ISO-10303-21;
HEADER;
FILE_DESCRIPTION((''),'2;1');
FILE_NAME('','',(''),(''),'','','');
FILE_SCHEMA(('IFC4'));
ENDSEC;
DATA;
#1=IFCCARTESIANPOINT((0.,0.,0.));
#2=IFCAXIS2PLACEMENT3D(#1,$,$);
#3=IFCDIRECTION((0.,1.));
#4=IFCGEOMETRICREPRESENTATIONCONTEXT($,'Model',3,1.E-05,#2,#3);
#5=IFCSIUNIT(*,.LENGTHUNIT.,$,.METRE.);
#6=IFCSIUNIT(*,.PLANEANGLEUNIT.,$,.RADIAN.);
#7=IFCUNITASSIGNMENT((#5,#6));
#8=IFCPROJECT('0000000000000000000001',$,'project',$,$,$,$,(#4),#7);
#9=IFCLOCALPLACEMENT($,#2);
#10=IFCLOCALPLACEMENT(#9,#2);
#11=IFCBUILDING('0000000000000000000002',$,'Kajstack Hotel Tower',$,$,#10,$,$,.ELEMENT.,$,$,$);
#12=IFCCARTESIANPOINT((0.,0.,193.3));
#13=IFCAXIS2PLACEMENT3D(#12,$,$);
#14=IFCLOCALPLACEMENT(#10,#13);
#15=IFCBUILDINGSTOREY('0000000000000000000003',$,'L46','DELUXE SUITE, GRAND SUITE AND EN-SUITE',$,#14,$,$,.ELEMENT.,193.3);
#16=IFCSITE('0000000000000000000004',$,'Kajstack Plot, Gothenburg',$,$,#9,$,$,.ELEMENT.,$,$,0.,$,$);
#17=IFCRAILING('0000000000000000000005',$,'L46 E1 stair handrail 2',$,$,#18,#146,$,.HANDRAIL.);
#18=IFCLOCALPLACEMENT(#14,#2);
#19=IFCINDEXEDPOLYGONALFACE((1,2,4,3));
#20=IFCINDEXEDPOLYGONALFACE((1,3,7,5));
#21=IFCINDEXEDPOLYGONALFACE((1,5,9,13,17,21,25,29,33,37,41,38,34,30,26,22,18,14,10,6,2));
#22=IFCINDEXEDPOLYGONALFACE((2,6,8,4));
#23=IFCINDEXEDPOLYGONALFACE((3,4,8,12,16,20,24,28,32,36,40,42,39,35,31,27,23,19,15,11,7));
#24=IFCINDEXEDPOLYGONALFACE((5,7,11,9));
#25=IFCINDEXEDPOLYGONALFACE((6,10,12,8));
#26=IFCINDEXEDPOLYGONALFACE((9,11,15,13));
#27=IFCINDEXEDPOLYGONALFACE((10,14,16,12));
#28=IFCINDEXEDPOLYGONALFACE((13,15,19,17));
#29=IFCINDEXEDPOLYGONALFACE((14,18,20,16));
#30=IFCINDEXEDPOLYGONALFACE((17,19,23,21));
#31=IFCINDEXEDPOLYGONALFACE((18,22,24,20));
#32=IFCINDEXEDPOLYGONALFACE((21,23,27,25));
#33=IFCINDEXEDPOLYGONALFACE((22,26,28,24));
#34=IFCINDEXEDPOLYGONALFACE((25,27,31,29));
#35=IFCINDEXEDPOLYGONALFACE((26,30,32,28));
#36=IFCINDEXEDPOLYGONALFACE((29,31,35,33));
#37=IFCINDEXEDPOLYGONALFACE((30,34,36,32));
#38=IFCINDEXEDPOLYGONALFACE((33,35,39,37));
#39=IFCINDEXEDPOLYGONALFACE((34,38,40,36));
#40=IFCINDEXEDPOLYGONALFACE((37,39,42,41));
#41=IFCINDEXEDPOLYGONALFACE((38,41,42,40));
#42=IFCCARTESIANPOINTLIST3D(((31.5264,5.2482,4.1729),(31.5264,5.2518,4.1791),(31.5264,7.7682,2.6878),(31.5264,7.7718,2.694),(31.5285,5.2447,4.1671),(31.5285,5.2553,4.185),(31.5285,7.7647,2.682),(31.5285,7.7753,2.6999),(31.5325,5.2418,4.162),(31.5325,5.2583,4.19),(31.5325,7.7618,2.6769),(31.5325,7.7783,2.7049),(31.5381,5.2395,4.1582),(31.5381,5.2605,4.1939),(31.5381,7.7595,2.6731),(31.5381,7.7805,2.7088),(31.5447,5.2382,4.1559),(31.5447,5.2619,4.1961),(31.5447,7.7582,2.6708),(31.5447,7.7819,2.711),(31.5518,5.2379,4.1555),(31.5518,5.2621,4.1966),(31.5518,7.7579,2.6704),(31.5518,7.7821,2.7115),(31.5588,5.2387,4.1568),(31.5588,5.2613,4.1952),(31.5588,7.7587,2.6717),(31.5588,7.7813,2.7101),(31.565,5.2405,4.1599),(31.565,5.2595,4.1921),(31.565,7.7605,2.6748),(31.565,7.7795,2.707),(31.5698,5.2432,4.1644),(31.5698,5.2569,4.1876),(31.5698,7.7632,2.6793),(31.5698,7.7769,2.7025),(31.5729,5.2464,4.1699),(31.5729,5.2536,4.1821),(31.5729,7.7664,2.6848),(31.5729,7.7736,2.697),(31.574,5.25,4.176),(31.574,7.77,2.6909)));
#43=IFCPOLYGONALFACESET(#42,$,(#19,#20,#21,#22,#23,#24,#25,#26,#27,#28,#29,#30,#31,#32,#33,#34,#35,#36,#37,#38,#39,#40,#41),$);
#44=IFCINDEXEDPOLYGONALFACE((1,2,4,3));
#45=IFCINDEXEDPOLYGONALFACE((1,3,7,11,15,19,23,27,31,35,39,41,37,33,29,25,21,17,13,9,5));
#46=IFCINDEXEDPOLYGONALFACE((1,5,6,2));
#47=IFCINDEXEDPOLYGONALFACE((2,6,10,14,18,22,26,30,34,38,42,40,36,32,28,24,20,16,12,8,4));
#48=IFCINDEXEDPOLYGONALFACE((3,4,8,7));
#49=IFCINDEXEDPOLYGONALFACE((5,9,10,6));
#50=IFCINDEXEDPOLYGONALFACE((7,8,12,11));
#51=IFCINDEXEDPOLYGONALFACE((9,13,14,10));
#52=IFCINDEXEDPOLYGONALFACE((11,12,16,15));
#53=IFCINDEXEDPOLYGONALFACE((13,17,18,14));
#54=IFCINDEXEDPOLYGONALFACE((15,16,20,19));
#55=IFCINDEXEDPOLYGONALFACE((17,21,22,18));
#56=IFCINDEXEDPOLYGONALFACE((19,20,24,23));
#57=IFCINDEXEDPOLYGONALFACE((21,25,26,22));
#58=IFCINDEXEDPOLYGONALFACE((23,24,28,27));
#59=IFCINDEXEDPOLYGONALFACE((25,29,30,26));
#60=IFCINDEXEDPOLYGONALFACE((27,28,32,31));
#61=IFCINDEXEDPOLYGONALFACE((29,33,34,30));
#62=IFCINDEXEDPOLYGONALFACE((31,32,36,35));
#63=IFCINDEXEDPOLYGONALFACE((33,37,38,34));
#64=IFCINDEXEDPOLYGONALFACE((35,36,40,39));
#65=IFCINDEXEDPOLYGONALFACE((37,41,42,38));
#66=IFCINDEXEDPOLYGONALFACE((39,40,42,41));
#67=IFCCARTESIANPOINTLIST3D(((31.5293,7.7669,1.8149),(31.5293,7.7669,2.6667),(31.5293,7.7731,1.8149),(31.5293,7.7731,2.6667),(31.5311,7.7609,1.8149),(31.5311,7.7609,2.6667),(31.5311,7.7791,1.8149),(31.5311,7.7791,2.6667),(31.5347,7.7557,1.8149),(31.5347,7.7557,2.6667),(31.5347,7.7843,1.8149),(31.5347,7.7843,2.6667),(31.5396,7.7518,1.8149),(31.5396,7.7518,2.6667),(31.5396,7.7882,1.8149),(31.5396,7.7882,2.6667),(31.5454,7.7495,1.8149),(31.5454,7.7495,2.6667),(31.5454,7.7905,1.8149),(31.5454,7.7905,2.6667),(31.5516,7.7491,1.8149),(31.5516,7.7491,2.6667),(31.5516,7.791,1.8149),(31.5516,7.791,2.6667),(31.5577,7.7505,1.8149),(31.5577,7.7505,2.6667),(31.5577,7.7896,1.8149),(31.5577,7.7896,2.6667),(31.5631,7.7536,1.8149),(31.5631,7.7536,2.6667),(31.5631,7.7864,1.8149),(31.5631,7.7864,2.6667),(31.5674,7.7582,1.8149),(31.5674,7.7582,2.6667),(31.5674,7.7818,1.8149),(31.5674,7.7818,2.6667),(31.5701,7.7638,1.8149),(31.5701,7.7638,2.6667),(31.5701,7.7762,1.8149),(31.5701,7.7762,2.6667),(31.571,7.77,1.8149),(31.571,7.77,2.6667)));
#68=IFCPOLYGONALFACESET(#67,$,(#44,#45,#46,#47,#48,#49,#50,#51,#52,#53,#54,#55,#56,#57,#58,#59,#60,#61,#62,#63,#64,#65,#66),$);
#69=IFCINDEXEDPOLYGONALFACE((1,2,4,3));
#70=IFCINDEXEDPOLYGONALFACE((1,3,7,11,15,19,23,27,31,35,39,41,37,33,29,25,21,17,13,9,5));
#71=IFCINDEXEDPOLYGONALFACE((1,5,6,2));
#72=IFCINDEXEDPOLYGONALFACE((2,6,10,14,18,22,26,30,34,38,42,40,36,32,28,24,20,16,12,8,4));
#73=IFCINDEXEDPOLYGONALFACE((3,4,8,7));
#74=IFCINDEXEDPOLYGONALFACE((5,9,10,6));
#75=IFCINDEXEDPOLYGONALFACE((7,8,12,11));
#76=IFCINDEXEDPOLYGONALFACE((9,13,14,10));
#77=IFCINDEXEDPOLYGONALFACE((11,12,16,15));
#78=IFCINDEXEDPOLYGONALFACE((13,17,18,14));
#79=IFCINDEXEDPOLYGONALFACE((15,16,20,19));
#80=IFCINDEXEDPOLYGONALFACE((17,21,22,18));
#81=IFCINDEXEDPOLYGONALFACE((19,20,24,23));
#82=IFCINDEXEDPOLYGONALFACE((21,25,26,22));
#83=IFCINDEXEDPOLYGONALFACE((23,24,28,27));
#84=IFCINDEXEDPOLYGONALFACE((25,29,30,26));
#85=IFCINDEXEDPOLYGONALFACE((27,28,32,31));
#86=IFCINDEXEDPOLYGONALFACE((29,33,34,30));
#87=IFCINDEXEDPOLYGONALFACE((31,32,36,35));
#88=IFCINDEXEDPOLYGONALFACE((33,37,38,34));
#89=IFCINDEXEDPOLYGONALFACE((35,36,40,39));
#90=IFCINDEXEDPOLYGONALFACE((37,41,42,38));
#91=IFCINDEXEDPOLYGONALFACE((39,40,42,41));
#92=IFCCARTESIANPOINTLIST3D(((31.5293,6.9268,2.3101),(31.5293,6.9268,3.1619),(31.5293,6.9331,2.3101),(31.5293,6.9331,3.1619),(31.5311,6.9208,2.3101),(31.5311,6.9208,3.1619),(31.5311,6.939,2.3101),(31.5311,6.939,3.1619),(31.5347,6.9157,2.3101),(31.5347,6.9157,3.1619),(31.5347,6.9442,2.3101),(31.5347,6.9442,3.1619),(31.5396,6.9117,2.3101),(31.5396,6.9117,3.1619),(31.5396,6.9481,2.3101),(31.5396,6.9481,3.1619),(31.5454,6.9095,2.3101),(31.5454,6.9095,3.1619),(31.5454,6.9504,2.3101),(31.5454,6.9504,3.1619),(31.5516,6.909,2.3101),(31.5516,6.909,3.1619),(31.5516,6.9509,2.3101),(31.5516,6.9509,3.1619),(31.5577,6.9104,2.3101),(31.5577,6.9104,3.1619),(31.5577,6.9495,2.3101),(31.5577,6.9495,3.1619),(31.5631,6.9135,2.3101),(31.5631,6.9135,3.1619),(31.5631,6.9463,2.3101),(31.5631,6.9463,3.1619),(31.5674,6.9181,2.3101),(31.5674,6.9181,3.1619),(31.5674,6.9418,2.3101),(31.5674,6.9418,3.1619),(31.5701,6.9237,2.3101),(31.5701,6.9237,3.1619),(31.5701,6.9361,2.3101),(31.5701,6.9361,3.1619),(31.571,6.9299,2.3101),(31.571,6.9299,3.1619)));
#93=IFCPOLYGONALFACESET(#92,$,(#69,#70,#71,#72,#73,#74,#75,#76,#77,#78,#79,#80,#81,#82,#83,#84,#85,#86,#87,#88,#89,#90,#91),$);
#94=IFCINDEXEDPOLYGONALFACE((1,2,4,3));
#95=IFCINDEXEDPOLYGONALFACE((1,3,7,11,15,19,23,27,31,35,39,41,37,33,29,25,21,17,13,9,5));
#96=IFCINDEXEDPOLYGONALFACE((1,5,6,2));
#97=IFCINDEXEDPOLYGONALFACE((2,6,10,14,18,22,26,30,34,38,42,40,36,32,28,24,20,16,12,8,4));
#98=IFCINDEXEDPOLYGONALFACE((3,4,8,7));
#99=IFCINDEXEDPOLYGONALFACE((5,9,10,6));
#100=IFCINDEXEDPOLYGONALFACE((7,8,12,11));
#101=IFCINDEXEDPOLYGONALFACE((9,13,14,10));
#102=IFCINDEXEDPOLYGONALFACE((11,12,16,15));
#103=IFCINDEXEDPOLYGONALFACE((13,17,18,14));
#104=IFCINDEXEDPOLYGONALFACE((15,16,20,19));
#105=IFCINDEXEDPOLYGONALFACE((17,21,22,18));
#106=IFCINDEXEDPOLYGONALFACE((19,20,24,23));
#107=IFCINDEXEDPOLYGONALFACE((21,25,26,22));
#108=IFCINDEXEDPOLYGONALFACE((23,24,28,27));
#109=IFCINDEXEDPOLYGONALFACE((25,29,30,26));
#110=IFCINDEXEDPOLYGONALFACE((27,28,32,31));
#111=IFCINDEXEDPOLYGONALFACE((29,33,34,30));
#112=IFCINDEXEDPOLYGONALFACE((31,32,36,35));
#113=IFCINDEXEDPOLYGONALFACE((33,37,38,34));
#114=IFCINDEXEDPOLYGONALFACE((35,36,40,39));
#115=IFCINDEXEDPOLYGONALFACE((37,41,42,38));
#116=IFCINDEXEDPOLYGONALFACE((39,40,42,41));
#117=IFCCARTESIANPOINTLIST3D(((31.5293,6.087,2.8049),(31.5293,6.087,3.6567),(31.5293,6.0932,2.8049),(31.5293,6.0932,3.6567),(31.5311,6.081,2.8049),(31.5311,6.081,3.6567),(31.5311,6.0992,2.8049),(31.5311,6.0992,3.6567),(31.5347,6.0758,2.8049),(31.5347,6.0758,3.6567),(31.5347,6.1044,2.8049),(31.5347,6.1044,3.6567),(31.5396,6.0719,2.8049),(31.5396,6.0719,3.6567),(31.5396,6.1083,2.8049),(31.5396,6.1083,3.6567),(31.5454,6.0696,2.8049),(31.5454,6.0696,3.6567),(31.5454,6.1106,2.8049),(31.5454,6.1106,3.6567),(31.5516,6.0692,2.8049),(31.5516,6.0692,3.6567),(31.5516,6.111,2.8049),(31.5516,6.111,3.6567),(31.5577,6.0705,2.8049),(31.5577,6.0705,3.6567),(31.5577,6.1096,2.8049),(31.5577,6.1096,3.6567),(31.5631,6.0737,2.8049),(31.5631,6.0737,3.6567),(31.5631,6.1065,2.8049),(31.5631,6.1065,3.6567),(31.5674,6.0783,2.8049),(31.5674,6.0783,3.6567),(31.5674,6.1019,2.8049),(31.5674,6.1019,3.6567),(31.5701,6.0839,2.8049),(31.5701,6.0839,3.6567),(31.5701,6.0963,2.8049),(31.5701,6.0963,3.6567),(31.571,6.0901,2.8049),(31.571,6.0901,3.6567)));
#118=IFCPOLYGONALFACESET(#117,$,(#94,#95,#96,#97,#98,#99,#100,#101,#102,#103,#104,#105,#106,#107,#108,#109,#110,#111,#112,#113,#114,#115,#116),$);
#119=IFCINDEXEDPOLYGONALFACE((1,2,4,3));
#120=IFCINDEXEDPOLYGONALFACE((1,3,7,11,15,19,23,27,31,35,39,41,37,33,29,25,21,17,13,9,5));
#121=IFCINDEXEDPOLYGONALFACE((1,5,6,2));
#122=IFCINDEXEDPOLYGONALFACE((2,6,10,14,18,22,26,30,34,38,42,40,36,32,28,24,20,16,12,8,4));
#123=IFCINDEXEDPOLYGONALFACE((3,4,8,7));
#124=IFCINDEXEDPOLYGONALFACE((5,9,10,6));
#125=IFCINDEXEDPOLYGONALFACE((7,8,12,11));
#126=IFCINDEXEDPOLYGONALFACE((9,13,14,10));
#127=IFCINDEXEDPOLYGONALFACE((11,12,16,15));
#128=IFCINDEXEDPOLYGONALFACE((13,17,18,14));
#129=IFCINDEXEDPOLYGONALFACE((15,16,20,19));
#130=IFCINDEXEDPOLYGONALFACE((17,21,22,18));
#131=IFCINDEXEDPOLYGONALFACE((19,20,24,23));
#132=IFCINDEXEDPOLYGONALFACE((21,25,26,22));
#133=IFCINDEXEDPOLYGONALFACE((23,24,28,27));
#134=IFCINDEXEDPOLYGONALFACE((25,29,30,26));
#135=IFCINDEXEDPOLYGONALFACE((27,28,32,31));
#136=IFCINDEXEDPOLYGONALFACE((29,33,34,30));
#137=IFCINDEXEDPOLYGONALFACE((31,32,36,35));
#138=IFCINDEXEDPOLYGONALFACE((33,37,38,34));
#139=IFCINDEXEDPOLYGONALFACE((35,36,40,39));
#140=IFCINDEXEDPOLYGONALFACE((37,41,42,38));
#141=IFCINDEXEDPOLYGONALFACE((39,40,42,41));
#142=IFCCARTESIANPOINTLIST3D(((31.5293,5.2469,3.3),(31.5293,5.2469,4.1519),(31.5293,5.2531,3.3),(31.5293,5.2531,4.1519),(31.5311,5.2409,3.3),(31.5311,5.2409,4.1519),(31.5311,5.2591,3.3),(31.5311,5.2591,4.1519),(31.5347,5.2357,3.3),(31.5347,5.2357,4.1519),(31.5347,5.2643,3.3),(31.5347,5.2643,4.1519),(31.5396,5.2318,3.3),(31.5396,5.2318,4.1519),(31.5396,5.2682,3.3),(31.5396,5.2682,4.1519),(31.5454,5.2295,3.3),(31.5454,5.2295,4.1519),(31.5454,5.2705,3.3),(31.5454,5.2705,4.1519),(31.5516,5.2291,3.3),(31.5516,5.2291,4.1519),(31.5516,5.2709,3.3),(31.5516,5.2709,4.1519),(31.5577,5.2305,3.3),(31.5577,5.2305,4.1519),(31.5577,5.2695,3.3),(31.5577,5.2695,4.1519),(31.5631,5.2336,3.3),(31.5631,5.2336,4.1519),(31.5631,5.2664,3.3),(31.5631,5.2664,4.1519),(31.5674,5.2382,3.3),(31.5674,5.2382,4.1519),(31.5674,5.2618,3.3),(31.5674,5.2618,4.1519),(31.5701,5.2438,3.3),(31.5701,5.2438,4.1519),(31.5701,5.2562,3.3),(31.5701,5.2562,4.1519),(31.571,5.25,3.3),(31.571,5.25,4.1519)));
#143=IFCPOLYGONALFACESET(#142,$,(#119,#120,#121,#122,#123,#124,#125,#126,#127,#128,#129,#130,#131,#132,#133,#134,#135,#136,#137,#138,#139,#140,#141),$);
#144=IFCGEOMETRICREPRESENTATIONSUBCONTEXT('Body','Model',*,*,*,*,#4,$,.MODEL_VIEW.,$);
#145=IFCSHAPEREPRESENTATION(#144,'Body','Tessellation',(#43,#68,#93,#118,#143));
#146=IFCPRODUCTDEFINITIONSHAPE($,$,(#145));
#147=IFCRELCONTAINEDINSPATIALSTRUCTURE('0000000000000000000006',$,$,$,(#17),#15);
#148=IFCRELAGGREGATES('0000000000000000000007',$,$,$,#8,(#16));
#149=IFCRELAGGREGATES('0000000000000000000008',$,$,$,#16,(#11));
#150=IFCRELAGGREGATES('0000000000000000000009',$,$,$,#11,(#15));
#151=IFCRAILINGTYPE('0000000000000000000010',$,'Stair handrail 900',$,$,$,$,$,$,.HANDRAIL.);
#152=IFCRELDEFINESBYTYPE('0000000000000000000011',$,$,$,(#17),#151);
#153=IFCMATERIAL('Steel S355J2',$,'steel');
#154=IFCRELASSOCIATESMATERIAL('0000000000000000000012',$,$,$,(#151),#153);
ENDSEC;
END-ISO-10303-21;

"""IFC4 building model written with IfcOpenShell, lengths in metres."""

from ifc_helpers import new_model, si_unit, direction, frame, origin, origin_2d, place, context, subcontext, project, spatial, circle, extrude, material, type_object, element, save


model = new_model("IFC4")

# Units and contexts
model_context = context("Model", 3, precision=1e-05, world=origin(), true_north=direction((0.0, 1.0)))
body_context = subcontext(model_context, "Body", "Model", "MODEL_VIEW")
ifc_project = project(units=[si_unit("LENGTHUNIT", "METRE"), si_unit("PLANEANGLEUNIT", "RADIAN")], contexts=[model_context])

# Site, building, storey
site_placement = place(None, origin())
site = spatial("IfcSite", under=ifc_project, at=site_placement, Name="Kajstack Plot, Gothenburg", CompositionType="ELEMENT", RefElevation=0.0)
building_placement = place(site_placement, origin())
building = spatial("IfcBuilding", under=site, at=building_placement, Name="Kajstack Hotel Tower", CompositionType="ELEMENT")
storey_placement = place(building_placement, frame((0.0, 0.0, 193.3)))
storey = spatial("IfcBuildingStorey", under=building, at=storey_placement, Name="L46", Description="DELUXE SUITE, GRAND SUITE AND EN-SUITE", CompositionType="ELEMENT", Elevation=193.3)

# Railing
ifc_material_1 = material(Name="Steel S355J2", Category="steel")
railing_type_1 = type_object("IfcRailingType", Name="Stair handrail 900", PredefinedType="HANDRAIL", material=ifc_material_1)
railing_1_placement = place(storey_placement, frame((31.55, 7.77, 1.8149)))
element("IfcRailing", 1, at=railing_1_placement, inside=storey, type_object=railing_type_1, Name="L46 E1 stair handrail 2", PredefinedType="HANDRAIL", context=body_context, shape_type="SweptSolid", body=[
    extrude(circle(Radius=0.0239, at=origin_2d()), frame((0.0, 0.0, 0.876), z_axis=(0.0, -0.861524, 0.507717), x_axis=(1.0, 0.0, 0.0)), (0.0, 0.0, 1.0), 2.925),
    extrude(circle(Radius=0.021, at=origin_2d()), origin(), (0.0, 0.0, 1.0), 0.8518),
    extrude(circle(Radius=0.021, at=origin_2d()), frame((0.0, -0.8401, 0.4951)), (0.0, 0.0, 1.0), 0.8518),
    extrude(circle(Radius=0.021, at=origin_2d()), frame((0.0, -1.6799, 0.99)), (0.0, 0.0, 1.0), 0.8518),
    extrude(circle(Radius=0.021, at=origin_2d()), frame((0.0, -2.52, 1.4851)), (0.0, 0.0, 1.0), 0.8518),
])

save(model, "model.ifc")
